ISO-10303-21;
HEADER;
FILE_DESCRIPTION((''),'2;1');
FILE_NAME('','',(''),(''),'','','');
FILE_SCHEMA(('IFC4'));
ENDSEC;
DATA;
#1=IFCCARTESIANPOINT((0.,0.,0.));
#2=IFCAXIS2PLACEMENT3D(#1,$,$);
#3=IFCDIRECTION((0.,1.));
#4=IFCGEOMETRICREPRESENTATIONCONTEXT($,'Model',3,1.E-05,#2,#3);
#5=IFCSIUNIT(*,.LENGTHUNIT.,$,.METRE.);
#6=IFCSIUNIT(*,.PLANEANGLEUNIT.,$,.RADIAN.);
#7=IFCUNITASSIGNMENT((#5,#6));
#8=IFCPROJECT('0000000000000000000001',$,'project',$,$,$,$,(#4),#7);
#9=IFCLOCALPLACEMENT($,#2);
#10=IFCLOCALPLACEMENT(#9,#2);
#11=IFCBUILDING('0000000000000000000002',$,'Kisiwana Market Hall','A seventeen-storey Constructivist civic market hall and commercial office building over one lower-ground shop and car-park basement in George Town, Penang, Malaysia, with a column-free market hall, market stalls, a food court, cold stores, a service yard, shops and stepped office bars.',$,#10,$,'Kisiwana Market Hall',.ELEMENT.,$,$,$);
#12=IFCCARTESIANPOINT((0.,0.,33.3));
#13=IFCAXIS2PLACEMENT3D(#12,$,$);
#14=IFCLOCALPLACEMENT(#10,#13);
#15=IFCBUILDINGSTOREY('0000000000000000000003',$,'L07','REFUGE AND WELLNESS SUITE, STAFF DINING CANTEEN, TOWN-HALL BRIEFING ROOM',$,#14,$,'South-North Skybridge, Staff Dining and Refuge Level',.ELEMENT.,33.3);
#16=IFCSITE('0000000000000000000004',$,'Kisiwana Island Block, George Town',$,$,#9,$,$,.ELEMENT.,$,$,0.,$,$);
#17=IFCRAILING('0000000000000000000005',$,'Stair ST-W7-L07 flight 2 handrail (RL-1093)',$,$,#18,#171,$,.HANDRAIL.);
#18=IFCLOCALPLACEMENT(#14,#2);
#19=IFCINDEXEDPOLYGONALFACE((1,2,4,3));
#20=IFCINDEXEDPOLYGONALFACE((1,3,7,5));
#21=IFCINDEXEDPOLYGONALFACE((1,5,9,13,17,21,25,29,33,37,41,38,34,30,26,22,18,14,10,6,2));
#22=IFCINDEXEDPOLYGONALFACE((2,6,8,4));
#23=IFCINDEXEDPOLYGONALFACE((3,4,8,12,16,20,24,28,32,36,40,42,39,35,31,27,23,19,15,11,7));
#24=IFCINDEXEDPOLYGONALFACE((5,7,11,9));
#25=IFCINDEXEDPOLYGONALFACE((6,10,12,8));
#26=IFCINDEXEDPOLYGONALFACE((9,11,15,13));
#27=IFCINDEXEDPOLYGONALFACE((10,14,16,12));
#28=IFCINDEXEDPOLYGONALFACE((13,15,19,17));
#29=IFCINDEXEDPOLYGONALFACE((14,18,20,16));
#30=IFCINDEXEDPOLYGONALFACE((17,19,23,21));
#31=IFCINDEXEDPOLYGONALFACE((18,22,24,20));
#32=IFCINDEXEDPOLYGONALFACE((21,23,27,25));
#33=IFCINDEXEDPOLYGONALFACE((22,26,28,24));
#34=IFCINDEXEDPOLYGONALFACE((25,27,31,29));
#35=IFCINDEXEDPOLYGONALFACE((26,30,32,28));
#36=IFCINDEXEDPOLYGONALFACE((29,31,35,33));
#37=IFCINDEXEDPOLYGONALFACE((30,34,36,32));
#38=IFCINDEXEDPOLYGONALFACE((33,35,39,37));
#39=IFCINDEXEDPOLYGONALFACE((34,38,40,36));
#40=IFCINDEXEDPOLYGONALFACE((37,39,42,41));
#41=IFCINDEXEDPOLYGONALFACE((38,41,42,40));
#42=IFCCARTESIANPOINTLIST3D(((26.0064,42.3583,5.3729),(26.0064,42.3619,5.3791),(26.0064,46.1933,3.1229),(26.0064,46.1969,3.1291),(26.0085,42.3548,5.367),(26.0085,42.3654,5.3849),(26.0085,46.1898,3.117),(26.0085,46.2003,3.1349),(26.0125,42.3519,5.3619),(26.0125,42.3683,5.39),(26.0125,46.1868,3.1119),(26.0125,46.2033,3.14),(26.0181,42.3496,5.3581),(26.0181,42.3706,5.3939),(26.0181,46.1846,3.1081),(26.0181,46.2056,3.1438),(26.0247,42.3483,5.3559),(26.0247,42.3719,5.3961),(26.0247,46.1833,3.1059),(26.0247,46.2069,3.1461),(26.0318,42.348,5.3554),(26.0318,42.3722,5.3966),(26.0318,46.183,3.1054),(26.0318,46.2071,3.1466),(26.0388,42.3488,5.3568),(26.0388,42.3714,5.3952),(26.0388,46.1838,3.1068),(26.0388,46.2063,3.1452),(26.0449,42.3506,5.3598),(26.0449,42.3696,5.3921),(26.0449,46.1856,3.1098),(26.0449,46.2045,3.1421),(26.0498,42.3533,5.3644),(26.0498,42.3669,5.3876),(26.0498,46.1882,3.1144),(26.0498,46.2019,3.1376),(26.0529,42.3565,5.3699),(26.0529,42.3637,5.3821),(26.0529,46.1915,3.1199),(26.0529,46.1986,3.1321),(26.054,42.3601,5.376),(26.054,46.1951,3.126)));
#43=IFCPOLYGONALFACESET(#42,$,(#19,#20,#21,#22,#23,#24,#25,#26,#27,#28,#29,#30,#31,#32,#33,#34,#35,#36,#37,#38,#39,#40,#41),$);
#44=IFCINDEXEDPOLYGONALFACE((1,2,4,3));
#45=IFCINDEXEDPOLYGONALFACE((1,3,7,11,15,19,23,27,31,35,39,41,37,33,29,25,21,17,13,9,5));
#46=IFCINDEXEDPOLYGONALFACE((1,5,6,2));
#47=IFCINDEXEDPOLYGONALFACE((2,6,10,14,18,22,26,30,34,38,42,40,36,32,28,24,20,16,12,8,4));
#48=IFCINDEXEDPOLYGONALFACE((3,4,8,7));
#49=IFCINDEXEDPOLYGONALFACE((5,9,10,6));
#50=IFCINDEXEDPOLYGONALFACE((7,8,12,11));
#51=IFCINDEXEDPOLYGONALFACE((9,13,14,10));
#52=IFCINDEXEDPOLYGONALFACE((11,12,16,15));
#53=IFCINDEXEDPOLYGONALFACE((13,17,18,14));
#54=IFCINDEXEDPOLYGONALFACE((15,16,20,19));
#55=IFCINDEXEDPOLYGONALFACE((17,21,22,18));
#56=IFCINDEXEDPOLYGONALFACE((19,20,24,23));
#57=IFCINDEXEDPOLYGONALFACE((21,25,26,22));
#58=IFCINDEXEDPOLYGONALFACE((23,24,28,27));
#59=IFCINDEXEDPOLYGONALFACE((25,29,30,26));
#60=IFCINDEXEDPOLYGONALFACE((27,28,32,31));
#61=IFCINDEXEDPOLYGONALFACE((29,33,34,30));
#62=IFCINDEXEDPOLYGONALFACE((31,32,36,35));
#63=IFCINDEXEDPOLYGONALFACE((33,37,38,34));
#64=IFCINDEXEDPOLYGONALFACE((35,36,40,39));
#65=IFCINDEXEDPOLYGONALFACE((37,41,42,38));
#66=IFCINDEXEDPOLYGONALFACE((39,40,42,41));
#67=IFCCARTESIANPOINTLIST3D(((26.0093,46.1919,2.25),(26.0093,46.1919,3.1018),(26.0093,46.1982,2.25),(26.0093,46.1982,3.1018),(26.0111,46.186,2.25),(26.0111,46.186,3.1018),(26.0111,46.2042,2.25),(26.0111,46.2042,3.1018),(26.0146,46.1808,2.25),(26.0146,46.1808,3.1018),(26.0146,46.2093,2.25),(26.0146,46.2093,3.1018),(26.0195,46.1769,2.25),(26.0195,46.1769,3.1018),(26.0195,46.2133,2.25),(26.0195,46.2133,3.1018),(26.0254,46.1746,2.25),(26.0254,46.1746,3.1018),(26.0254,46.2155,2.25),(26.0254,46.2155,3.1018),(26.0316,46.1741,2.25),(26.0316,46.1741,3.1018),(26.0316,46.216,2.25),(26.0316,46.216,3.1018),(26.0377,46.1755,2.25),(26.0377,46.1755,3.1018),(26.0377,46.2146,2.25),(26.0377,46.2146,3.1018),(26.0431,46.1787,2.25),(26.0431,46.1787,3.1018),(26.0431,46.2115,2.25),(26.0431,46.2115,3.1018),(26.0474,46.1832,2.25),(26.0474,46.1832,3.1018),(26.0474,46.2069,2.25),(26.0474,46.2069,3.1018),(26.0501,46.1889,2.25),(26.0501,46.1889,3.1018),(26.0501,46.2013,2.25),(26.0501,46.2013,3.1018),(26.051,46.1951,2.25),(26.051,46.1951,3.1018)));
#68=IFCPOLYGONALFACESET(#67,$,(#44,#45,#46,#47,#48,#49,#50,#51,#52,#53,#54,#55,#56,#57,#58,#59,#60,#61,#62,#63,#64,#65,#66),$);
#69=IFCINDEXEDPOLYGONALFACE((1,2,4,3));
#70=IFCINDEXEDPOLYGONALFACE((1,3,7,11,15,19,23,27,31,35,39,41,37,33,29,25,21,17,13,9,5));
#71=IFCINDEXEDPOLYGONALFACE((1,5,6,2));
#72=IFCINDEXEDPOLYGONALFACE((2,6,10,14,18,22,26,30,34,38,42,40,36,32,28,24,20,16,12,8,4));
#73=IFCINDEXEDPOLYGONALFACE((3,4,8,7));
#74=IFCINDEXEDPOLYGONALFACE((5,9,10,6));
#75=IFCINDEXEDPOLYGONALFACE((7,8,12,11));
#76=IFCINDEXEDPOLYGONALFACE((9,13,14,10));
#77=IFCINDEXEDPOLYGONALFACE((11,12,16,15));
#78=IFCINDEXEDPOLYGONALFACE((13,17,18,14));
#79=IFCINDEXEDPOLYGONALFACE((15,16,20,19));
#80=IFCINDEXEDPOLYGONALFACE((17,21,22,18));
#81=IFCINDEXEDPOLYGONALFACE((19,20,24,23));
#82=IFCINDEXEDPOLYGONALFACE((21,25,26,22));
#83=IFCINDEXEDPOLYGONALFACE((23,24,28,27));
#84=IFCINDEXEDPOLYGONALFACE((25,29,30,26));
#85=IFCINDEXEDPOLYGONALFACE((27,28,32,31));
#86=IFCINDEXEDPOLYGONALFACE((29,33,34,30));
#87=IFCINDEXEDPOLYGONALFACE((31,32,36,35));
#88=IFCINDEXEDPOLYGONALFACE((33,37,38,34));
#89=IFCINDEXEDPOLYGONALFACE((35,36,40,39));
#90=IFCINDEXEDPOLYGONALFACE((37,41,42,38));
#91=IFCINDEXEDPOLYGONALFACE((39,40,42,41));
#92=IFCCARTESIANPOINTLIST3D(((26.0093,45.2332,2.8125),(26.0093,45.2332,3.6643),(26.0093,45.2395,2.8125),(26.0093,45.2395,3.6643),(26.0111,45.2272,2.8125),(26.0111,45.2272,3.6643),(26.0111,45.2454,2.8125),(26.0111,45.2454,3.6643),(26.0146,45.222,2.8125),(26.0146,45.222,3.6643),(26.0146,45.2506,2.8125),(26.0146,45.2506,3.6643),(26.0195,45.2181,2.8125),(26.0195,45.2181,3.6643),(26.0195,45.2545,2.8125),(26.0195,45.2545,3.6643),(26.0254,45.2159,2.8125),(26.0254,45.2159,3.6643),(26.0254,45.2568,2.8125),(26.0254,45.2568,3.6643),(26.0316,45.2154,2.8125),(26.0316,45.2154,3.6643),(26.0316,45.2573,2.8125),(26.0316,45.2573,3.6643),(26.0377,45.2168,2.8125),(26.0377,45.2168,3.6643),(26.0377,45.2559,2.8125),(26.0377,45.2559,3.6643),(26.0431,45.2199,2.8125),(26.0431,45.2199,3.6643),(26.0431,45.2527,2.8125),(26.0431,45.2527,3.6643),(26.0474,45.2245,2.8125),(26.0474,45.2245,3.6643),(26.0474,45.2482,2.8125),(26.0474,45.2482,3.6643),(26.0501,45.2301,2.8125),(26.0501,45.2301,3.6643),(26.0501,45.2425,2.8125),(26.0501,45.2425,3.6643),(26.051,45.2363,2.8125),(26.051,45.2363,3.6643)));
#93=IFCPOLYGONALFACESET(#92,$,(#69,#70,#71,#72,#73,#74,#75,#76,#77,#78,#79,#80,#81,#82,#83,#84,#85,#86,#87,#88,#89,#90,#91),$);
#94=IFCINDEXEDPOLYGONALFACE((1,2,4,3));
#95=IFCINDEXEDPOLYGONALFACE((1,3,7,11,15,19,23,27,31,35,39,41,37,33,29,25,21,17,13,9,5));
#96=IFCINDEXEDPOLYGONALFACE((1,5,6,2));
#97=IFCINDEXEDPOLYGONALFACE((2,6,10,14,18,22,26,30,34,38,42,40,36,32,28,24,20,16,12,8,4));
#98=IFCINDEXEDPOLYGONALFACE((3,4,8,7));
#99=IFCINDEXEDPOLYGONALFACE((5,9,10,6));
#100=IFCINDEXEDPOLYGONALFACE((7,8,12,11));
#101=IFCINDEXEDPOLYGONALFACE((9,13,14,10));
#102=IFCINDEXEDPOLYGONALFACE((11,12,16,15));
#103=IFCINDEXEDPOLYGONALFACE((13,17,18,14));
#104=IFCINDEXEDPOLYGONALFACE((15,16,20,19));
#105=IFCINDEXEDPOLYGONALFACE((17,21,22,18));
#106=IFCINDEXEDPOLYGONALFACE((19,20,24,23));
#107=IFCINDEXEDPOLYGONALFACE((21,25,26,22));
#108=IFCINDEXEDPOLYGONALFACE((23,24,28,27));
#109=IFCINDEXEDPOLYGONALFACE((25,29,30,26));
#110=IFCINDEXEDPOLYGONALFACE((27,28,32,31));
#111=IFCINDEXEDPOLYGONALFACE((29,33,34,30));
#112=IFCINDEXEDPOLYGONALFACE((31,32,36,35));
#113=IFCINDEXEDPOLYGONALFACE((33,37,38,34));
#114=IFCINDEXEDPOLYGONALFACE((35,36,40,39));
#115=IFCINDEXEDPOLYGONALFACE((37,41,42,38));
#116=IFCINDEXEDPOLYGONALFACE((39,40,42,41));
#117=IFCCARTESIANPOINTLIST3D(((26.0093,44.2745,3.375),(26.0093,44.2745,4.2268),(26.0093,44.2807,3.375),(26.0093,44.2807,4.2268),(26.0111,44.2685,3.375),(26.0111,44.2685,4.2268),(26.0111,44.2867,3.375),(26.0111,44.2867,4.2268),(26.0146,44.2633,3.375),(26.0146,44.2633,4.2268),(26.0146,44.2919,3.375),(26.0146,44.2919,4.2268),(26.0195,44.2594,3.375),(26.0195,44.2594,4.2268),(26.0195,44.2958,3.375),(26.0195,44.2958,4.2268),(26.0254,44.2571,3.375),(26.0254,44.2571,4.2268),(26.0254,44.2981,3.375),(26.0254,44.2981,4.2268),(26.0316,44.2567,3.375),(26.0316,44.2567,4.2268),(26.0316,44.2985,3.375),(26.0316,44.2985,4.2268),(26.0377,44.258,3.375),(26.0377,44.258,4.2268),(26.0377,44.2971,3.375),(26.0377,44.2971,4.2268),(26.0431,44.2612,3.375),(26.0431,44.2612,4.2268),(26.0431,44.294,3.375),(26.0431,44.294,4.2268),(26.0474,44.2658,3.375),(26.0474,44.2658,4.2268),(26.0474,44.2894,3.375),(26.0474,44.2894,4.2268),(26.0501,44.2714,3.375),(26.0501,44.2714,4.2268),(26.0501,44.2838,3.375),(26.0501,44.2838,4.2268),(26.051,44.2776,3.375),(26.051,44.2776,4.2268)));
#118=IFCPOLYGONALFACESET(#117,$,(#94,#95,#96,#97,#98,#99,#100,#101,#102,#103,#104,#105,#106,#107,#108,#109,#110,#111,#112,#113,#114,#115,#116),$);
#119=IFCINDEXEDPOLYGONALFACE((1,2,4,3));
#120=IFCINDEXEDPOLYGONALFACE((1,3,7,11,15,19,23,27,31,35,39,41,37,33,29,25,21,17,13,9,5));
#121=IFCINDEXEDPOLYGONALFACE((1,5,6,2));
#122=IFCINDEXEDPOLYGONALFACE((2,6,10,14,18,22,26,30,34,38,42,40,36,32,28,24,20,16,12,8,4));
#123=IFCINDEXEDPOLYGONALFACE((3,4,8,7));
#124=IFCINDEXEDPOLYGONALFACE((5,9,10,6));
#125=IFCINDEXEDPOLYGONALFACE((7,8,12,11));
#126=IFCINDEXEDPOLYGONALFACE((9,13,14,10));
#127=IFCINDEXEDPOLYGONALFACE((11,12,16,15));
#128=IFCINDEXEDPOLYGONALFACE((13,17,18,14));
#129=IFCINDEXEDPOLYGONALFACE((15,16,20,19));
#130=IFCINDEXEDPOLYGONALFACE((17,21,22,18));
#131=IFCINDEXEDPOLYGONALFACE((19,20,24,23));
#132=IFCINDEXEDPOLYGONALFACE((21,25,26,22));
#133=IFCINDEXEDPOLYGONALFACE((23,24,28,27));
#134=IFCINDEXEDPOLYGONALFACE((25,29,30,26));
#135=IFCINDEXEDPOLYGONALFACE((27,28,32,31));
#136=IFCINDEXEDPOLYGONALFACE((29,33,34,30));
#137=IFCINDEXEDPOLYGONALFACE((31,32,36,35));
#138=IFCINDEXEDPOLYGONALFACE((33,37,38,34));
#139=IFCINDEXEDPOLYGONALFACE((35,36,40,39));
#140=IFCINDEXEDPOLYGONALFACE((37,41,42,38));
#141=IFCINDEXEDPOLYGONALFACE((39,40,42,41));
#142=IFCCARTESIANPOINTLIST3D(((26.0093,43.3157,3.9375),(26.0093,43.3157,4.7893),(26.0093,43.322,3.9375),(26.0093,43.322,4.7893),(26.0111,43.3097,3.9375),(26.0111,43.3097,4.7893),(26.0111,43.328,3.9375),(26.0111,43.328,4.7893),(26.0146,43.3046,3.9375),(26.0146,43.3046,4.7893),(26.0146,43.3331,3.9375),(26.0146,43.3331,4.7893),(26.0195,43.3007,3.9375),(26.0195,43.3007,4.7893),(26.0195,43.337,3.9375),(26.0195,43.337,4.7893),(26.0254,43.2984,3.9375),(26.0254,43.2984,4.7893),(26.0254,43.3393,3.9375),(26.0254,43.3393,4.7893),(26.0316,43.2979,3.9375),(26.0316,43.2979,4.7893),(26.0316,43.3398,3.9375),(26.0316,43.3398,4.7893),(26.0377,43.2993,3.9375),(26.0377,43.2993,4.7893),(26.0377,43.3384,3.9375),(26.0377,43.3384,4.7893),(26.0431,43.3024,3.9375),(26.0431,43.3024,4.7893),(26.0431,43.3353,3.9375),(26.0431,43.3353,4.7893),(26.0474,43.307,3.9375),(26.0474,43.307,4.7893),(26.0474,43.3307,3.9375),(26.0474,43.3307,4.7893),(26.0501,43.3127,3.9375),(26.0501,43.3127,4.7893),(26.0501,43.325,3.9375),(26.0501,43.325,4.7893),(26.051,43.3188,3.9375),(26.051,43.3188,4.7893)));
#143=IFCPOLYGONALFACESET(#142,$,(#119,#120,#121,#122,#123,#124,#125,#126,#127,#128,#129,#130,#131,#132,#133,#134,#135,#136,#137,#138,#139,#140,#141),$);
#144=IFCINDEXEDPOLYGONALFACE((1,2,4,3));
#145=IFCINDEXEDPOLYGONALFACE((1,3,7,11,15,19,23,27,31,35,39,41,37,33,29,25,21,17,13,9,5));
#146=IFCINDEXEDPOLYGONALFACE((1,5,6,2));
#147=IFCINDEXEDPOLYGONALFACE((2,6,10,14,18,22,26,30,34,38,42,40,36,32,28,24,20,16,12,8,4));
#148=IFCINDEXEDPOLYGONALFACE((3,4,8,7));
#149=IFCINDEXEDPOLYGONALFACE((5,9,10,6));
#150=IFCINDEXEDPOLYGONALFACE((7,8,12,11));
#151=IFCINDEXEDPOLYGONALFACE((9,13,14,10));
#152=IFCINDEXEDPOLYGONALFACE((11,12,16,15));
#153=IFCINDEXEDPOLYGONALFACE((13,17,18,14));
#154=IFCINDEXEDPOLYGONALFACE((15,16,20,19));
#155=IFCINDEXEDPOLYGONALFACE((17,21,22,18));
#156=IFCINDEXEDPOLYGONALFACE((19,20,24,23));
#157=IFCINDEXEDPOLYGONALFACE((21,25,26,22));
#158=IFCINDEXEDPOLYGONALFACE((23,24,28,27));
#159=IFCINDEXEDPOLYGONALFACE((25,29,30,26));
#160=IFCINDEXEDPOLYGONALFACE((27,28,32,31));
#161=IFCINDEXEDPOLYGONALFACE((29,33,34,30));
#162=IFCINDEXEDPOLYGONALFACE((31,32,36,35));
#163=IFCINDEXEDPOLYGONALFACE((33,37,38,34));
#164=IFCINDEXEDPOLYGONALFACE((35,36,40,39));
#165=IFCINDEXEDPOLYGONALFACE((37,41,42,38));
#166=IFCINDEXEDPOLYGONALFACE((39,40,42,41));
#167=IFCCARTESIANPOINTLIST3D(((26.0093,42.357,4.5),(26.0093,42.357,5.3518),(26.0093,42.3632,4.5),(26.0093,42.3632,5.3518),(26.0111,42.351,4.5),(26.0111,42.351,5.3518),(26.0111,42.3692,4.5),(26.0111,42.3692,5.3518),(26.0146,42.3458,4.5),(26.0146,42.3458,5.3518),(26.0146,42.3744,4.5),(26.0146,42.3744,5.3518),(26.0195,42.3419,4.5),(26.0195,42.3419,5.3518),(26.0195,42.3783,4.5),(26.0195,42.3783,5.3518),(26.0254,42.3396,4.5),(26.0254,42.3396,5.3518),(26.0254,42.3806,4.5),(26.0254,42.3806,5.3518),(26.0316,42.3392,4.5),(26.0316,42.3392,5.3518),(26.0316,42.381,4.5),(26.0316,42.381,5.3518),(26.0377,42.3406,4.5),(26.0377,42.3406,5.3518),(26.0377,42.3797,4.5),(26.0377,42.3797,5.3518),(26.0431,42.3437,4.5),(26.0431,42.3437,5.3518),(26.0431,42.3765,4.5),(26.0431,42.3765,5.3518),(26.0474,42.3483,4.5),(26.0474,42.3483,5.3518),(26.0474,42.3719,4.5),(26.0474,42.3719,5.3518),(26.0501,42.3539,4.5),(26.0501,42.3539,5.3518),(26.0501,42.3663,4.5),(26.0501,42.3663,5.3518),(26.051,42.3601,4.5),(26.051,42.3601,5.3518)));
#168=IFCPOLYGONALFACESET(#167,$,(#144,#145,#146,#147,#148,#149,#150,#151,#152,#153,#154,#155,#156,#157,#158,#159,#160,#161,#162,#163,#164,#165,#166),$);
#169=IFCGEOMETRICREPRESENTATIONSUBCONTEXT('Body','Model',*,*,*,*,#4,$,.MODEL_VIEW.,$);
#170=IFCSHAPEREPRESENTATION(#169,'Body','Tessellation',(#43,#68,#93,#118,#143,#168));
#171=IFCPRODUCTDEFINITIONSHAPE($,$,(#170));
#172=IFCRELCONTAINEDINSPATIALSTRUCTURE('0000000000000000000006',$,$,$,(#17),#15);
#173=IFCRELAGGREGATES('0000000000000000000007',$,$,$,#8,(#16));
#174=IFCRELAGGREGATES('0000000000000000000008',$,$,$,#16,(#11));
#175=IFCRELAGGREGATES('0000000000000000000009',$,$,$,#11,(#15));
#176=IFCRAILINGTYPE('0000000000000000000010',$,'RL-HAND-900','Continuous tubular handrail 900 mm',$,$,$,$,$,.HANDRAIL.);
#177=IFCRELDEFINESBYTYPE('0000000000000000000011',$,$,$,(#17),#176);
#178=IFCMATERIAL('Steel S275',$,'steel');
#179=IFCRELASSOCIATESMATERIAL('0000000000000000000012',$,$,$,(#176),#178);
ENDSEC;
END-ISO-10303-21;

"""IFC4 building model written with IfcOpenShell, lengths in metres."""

from ifc_helpers import new_model, si_unit, direction, frame, origin, origin_2d, place, context, subcontext, project, spatial, circle, extrude, material, type_object, element, save


model = new_model("IFC4")

# Units and contexts
model_context = context("Model", 3, precision=1e-05, world=origin(), true_north=direction((0.0, 1.0)))
body_context = subcontext(model_context, "Body", "Model", "MODEL_VIEW")
ifc_project = project(units=[si_unit("LENGTHUNIT", "METRE"), si_unit("PLANEANGLEUNIT", "RADIAN")], contexts=[model_context])

# Site, building, storey
site_placement = place(None, origin())
site = spatial("IfcSite", under=ifc_project, at=site_placement, Name="Kisiwana Island Block, George Town", CompositionType="ELEMENT", RefElevation=0.0)
building_placement = place(site_placement, origin())
building = spatial("IfcBuilding", under=site, at=building_placement, Name="Kisiwana Market Hall", Description="A seventeen-storey Constructivist civic market hall and commercial office building over one lower-ground shop and car-park basement in George Town, Penang, Malaysia, with a column-free market hall, market stalls, a food court, cold stores, a service yard, shops and stepped office bars.", LongName="Kisiwana Market Hall", CompositionType="ELEMENT")
storey_placement = place(building_placement, frame((0.0, 0.0, 33.3)))
storey = spatial("IfcBuildingStorey", under=building, at=storey_placement, Name="L07", Description="REFUGE AND WELLNESS SUITE, STAFF DINING CANTEEN, TOWN-HALL BRIEFING ROOM", LongName="South-North Skybridge, Staff Dining and Refuge Level", CompositionType="ELEMENT", Elevation=33.3)

# Railing
ifc_material_1 = material(Name="Steel S275", Category="steel")
railing_type_1 = type_object("IfcRailingType", Name="RL-HAND-900", Description="Continuous tubular handrail 900 mm", PredefinedType="HANDRAIL", material=ifc_material_1)
railing_1_placement = place(storey_placement, frame((26.03, 46.1951, 2.25)))
element("IfcRailing", 1, at=railing_1_placement, inside=storey, type_object=railing_type_1, Name="Stair ST-W7-L07 flight 2 handrail (RL-1093)", PredefinedType="HANDRAIL", context=body_context, shape_type="SweptSolid", body=[
    extrude(circle(Radius=0.0239, at=origin_2d()), frame((0.0, 0.0, 0.876), z_axis=(0.0, -0.86251, 0.506041), x_axis=(1.0, 0.0, 0.0)), (0.0, 0.0, 1.0), 4.4463),
    extrude(circle(Radius=0.021, at=origin_2d()), origin(), (0.0, 0.0, 1.0), 0.8518),
    extrude(circle(Radius=0.021, at=origin_2d()), frame((0.0, -0.9587, 0.5625)), (0.0, 0.0, 1.0), 0.8518),
    extrude(circle(Radius=0.021, at=origin_2d()), frame((0.0, -1.9175, 1.125)), (0.0, 0.0, 1.0), 0.8518),
    extrude(circle(Radius=0.021, at=origin_2d()), frame((0.0, -2.8762, 1.6875)), (0.0, 0.0, 1.0), 0.8518),
    extrude(circle(Radius=0.021, at=origin_2d()), frame((0.0, -3.835, 2.25)), (0.0, 0.0, 1.0), 0.8518),
])

save(model, "model.ifc")
